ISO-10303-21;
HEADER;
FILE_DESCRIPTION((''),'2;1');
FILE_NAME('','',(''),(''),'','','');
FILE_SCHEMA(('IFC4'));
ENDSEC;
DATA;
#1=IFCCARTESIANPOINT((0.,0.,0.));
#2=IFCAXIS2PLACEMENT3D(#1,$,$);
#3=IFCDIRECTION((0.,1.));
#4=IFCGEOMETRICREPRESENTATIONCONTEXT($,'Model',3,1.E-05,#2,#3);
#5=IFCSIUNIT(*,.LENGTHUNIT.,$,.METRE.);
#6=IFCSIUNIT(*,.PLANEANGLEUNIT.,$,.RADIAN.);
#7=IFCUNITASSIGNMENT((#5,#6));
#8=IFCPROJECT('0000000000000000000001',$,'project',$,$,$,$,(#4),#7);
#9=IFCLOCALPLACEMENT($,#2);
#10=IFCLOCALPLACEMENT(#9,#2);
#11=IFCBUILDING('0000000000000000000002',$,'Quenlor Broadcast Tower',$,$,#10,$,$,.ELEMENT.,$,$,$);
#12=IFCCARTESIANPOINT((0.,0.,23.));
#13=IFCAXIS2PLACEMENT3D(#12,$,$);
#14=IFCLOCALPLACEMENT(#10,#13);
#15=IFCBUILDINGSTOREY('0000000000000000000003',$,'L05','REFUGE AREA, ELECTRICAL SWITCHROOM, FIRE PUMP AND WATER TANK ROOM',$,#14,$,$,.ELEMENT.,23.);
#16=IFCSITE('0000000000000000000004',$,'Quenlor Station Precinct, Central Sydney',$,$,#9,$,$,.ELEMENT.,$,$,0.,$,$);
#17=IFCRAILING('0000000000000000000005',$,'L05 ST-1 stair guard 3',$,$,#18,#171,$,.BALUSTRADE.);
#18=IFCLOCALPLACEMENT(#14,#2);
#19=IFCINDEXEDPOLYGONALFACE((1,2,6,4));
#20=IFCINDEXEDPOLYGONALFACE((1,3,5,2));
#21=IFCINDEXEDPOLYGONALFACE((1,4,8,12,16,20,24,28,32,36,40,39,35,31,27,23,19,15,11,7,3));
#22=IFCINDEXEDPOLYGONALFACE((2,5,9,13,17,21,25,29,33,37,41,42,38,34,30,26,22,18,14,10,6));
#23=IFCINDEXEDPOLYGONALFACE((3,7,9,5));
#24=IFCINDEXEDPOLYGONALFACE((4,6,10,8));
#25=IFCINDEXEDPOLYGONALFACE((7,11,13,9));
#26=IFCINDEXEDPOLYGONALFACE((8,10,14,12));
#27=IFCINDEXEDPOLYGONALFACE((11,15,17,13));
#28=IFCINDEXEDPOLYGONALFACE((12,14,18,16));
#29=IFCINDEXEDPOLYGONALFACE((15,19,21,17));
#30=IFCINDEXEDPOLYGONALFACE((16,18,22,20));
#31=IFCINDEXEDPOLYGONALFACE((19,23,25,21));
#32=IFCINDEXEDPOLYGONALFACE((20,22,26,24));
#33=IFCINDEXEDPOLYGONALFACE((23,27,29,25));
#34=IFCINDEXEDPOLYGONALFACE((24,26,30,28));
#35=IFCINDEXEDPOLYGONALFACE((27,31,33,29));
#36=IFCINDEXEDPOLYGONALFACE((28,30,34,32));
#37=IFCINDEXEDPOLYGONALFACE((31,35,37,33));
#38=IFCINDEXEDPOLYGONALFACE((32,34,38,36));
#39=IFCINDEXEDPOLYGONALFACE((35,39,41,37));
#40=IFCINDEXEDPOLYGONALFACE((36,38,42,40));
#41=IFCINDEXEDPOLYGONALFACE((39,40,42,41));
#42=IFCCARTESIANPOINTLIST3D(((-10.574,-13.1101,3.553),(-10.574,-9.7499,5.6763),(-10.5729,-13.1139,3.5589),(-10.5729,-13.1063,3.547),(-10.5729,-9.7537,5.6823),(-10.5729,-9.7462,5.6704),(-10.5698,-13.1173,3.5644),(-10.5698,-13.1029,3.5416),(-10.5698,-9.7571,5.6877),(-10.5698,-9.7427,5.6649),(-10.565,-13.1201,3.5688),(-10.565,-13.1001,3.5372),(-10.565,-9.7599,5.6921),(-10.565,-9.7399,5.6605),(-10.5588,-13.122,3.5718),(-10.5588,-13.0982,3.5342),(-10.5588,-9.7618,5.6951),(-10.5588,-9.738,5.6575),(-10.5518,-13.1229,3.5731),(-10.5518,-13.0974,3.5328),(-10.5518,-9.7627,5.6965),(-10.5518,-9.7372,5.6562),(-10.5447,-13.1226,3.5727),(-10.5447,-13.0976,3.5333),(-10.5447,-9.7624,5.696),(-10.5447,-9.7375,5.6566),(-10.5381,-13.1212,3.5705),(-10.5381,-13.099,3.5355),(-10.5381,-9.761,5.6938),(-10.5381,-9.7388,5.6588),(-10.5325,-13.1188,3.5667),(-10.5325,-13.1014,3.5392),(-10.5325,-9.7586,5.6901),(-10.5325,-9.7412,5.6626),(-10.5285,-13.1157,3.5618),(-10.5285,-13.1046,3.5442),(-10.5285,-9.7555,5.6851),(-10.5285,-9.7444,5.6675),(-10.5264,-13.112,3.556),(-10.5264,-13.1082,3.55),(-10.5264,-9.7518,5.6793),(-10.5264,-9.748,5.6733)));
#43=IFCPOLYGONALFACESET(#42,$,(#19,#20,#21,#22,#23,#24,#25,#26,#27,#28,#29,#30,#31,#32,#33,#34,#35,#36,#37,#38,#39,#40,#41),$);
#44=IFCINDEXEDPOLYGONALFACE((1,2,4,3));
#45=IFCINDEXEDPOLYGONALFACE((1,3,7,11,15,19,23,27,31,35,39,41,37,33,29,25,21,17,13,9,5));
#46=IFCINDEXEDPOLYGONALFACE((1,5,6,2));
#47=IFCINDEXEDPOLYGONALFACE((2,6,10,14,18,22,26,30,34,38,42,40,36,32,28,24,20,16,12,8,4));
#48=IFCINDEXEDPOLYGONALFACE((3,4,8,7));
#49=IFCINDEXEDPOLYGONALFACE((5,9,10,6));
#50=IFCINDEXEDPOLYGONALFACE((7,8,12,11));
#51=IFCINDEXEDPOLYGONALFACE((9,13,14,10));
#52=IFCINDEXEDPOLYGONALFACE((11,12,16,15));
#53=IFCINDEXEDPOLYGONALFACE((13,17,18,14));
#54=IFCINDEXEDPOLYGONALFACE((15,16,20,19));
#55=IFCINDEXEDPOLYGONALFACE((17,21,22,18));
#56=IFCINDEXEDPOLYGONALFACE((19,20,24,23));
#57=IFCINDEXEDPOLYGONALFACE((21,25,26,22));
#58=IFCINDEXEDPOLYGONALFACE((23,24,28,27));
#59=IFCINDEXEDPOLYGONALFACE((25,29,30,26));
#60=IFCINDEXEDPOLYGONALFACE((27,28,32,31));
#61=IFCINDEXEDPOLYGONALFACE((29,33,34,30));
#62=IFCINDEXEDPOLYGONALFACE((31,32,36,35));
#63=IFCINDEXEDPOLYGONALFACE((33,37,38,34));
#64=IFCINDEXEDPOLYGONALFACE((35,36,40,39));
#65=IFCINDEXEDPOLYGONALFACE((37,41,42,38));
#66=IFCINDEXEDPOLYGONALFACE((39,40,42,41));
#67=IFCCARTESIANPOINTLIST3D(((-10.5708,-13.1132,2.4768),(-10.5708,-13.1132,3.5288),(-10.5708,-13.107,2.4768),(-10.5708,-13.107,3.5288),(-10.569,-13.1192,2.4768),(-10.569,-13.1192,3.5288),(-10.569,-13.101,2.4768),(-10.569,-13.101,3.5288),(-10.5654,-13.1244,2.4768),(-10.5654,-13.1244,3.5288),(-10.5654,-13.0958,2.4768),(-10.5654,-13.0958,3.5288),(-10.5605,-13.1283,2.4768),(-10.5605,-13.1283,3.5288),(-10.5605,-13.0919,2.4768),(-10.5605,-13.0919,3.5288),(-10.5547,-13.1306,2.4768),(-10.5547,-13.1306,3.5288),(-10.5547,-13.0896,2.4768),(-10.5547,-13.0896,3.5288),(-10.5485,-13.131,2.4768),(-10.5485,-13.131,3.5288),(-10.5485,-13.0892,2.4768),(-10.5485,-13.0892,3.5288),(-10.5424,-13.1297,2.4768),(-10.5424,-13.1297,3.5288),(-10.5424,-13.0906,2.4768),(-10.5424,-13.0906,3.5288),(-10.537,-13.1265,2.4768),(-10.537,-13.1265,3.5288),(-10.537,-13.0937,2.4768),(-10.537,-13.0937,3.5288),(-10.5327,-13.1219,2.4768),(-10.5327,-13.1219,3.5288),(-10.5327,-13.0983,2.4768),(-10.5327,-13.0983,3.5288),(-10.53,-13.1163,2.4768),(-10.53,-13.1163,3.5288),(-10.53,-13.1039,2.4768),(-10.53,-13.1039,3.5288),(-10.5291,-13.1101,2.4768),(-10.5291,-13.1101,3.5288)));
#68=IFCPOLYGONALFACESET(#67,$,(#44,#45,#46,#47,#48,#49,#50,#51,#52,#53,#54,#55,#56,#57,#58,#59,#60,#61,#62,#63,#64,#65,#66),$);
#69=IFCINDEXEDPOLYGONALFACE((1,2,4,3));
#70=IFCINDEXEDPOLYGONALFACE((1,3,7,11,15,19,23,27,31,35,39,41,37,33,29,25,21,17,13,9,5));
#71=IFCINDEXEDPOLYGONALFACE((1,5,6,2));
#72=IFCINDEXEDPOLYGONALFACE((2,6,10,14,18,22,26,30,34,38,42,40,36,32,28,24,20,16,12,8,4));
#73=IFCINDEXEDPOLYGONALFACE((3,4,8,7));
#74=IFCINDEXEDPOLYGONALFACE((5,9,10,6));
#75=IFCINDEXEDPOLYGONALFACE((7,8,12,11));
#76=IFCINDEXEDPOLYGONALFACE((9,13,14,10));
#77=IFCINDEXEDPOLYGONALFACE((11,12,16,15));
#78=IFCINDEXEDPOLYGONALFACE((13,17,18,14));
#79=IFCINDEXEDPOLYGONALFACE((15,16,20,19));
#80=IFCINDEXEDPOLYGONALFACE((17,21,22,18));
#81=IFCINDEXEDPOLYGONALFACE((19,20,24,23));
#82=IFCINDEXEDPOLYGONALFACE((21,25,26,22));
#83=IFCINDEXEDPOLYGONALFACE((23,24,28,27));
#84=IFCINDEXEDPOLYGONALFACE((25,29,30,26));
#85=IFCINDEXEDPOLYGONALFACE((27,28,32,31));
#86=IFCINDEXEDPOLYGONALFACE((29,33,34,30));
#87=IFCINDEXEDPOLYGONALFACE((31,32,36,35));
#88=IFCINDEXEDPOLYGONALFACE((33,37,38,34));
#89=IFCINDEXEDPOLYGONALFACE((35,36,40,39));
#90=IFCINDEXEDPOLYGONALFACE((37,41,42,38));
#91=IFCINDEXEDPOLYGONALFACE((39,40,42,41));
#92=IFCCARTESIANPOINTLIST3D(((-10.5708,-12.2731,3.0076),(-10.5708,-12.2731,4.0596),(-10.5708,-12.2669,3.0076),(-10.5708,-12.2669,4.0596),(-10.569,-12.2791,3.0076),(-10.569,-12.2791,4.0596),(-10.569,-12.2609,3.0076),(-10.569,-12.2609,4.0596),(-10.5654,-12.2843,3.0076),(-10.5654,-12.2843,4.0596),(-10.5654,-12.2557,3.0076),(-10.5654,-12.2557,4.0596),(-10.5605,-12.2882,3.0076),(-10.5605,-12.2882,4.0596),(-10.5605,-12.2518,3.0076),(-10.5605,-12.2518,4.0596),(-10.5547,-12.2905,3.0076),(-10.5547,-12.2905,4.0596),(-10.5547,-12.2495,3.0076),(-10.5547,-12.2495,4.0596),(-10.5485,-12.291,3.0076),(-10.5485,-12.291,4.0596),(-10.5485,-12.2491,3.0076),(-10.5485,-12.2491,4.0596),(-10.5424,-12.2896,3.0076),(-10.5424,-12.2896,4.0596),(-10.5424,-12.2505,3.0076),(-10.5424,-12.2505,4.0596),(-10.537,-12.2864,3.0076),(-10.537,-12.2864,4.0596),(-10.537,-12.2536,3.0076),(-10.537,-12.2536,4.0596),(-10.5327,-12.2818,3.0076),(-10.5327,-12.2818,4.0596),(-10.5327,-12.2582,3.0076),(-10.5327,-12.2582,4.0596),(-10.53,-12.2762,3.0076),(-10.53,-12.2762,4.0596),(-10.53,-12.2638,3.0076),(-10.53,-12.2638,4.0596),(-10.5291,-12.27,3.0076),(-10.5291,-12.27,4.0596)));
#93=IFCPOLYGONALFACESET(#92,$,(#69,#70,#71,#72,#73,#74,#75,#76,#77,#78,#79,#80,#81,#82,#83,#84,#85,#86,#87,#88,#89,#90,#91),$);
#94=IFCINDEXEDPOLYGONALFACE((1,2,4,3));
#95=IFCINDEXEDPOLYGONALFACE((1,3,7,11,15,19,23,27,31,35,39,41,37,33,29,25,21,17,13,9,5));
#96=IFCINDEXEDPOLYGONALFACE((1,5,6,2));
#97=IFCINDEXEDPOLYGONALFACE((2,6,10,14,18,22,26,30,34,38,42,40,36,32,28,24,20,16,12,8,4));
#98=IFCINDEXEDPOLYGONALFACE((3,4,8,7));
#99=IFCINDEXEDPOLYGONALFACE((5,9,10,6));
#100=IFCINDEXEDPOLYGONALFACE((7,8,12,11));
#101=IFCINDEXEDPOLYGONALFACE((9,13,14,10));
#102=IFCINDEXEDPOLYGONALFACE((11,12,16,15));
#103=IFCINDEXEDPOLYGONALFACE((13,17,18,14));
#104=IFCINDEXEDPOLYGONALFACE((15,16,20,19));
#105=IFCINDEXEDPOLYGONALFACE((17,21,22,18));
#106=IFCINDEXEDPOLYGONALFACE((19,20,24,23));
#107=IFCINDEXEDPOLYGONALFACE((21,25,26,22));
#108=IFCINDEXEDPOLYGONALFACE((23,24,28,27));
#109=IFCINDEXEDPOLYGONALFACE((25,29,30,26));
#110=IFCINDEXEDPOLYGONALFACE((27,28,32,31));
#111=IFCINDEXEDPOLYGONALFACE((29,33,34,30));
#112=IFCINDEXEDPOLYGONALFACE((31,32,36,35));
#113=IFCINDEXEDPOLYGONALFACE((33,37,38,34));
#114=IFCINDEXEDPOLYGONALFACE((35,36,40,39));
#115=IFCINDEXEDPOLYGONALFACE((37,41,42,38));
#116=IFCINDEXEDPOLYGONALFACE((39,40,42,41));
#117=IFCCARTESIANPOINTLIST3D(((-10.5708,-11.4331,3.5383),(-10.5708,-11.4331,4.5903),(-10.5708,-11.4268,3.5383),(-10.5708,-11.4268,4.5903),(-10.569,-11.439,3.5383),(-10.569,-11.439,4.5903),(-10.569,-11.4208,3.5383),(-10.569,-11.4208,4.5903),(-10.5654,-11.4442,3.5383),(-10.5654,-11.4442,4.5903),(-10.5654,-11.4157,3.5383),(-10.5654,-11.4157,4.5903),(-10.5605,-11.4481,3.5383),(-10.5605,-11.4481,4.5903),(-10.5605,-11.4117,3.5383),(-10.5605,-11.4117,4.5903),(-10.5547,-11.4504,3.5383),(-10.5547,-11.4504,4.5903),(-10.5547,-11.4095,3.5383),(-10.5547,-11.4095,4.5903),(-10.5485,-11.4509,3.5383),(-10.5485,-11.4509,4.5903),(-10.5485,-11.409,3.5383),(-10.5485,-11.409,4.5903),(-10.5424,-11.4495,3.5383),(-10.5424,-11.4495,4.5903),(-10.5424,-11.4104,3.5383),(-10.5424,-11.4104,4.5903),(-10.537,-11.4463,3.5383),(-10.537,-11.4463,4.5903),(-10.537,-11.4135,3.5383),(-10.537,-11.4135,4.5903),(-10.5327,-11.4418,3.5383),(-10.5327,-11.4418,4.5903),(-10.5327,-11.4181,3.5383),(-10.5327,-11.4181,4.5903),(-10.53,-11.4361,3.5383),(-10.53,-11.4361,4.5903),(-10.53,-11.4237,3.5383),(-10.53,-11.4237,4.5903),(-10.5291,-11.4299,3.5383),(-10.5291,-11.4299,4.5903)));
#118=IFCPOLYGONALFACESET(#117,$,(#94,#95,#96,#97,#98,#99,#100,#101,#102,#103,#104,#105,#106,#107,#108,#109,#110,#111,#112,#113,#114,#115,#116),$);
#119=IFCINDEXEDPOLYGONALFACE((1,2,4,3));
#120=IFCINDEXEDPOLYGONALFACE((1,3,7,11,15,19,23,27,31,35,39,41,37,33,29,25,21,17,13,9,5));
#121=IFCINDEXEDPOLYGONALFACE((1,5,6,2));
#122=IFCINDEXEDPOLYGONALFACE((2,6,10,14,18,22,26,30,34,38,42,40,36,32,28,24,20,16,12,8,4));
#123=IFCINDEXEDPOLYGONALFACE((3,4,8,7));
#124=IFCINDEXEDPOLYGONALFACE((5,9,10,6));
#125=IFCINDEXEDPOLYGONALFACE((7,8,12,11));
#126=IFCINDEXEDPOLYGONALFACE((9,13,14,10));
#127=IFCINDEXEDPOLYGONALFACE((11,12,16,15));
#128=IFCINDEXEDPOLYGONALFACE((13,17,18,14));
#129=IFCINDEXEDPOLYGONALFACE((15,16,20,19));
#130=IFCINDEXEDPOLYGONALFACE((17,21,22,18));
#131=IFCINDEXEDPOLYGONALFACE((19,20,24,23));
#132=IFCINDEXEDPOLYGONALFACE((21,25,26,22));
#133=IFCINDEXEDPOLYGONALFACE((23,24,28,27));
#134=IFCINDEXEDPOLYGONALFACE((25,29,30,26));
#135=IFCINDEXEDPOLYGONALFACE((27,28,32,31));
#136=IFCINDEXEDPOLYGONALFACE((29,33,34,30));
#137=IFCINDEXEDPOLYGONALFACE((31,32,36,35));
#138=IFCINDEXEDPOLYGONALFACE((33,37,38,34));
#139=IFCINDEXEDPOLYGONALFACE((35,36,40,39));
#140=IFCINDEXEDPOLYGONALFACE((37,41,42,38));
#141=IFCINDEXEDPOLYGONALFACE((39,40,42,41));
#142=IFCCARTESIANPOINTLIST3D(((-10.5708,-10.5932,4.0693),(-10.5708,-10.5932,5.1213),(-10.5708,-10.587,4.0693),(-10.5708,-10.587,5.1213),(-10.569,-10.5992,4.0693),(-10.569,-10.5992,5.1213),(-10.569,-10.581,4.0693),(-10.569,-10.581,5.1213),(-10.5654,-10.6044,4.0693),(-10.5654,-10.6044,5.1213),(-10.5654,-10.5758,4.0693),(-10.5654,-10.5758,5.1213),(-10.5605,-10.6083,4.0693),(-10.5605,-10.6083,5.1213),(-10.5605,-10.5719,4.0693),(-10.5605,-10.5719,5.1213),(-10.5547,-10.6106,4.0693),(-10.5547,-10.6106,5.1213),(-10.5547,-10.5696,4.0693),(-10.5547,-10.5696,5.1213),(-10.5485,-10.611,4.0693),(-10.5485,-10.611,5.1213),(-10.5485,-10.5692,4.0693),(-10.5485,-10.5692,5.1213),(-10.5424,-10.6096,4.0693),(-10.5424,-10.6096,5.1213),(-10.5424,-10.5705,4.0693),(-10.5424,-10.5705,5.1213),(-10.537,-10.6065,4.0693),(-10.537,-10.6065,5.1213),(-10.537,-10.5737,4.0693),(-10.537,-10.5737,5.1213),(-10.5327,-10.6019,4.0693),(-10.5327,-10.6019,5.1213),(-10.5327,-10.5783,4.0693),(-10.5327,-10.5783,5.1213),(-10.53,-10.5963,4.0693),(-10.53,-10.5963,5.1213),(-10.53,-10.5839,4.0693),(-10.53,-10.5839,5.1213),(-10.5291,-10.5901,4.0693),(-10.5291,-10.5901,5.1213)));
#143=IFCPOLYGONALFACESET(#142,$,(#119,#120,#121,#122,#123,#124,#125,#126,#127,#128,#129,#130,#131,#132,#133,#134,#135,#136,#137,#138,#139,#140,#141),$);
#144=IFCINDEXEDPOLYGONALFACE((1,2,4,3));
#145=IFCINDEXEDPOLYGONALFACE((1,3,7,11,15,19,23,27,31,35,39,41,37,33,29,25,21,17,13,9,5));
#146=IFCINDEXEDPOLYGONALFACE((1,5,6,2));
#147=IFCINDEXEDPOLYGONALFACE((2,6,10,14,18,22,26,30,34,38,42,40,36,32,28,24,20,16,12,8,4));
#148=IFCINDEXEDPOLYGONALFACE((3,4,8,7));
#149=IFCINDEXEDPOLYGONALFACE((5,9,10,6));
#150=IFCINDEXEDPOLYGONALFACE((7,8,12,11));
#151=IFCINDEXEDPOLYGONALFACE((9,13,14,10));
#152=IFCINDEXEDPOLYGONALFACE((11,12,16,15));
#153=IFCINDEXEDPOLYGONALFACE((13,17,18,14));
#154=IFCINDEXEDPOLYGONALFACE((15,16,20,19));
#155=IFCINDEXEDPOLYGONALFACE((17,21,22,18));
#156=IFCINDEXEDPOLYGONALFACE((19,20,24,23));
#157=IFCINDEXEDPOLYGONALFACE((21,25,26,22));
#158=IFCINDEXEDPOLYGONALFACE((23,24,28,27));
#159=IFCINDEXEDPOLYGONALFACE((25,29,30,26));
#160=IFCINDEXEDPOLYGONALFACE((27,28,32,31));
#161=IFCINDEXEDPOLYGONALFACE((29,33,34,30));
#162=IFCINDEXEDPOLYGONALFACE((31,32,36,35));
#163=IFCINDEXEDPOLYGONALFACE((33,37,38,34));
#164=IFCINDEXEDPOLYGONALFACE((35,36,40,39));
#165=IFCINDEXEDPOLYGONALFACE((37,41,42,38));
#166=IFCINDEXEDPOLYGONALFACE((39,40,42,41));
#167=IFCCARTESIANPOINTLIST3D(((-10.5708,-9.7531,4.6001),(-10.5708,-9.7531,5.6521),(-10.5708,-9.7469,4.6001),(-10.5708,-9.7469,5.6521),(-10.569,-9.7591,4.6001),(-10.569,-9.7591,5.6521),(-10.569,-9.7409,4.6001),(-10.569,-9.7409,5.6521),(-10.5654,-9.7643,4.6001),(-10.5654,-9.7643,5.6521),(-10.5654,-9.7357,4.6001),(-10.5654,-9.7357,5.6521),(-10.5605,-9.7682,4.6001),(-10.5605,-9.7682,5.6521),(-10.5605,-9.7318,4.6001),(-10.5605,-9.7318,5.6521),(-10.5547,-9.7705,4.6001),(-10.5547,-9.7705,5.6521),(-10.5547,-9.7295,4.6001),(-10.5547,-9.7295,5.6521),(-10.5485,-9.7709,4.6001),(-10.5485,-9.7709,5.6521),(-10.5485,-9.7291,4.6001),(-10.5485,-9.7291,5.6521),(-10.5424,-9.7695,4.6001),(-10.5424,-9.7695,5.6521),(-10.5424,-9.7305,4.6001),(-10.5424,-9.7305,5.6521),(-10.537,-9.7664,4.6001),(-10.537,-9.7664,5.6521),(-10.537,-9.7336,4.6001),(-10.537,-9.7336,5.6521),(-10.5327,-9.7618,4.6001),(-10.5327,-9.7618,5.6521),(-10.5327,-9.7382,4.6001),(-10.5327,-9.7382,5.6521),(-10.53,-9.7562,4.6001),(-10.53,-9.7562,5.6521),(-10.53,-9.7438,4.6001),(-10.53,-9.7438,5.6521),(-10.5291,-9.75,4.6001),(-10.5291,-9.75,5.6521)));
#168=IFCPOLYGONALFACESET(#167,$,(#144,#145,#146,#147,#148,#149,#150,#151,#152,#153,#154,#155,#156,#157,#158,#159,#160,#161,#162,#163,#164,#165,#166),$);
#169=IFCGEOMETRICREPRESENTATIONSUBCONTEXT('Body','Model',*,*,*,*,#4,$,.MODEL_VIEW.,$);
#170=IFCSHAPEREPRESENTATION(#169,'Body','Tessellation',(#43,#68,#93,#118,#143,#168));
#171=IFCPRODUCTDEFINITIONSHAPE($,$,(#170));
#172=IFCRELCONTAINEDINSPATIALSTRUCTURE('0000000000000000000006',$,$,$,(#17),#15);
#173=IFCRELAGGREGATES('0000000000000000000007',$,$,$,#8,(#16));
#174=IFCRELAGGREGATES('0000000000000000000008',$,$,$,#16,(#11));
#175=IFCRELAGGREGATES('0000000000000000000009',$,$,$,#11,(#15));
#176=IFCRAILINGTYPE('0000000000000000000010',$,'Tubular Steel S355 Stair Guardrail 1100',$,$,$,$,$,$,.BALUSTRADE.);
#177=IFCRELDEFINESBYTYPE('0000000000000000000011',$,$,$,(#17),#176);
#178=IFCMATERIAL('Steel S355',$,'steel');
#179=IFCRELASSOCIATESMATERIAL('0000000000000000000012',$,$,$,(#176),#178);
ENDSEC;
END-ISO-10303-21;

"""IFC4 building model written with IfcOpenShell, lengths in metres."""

from ifc_helpers import new_model, si_unit, direction, frame, origin, origin_2d, place, context, subcontext, project, spatial, circle, extrude, material, type_object, element, save


model = new_model("IFC4")

# Units and contexts
model_context = context("Model", 3, precision=1e-05, world=origin(), true_north=direction((0.0, 1.0)))
body_context = subcontext(model_context, "Body", "Model", "MODEL_VIEW")
ifc_project = project(units=[si_unit("LENGTHUNIT", "METRE"), si_unit("PLANEANGLEUNIT", "RADIAN")], contexts=[model_context])

# Site, building, storey
site_placement = place(None, origin())
site = spatial("IfcSite", under=ifc_project, at=site_placement, Name="Quenlor Station Precinct, Central Sydney", CompositionType="ELEMENT", RefElevation=0.0)
building_placement = place(site_placement, origin())
building = spatial("IfcBuilding", under=site, at=building_placement, Name="Quenlor Broadcast Tower", CompositionType="ELEMENT")
storey_placement = place(building_placement, frame((0.0, 0.0, 23.0)))
storey = spatial("IfcBuildingStorey", under=building, at=storey_placement, Name="L05", Description="REFUGE AREA, ELECTRICAL SWITCHROOM, FIRE PUMP AND WATER TANK ROOM", CompositionType="ELEMENT", Elevation=23.0)

# Railing
ifc_material_1 = material(Name="Steel S355", Category="steel")
railing_type_1 = type_object("IfcRailingType", Name="Tubular Steel S355 Stair Guardrail 1100", PredefinedType="BALUSTRADE", material=ifc_material_1)
railing_1_placement = place(storey_placement, frame((-10.55, -13.1101, 2.4768)))
element("IfcRailing", 1, at=railing_1_placement, inside=storey, type_object=railing_type_1, Name="L05 ST-1 stair guard 3", PredefinedType="BALUSTRADE", context=body_context, shape_type="SweptSolid", body=[
    extrude(circle(Radius=0.0239, at=origin_2d()), frame((0.0, 0.0, 1.0762), z_axis=(0.0, 0.845362, 0.534194), x_axis=(-1.0, 0.0, 0.0)), (0.0, 0.0, 1.0), 3.9749),
    extrude(circle(Radius=0.021, at=origin_2d()), origin(), (0.0, 0.0, 1.0), 1.052),
    extrude(circle(Radius=0.021, at=origin_2d()), frame((0.0, 0.8401, 0.5308)), (0.0, 0.0, 1.0), 1.052),
    extrude(circle(Radius=0.021, at=origin_2d()), frame((0.0, 1.6802, 1.0615)), (0.0, 0.0, 1.0), 1.052),
    extrude(circle(Radius=0.021, at=origin_2d()), frame((0.0, 2.52, 1.5925)), (0.0, 0.0, 1.0), 1.052),
    extrude(circle(Radius=0.021, at=origin_2d()), frame((0.0, 3.3601, 2.1233)), (0.0, 0.0, 1.0), 1.052),
])

save(model, "model.ifc")
